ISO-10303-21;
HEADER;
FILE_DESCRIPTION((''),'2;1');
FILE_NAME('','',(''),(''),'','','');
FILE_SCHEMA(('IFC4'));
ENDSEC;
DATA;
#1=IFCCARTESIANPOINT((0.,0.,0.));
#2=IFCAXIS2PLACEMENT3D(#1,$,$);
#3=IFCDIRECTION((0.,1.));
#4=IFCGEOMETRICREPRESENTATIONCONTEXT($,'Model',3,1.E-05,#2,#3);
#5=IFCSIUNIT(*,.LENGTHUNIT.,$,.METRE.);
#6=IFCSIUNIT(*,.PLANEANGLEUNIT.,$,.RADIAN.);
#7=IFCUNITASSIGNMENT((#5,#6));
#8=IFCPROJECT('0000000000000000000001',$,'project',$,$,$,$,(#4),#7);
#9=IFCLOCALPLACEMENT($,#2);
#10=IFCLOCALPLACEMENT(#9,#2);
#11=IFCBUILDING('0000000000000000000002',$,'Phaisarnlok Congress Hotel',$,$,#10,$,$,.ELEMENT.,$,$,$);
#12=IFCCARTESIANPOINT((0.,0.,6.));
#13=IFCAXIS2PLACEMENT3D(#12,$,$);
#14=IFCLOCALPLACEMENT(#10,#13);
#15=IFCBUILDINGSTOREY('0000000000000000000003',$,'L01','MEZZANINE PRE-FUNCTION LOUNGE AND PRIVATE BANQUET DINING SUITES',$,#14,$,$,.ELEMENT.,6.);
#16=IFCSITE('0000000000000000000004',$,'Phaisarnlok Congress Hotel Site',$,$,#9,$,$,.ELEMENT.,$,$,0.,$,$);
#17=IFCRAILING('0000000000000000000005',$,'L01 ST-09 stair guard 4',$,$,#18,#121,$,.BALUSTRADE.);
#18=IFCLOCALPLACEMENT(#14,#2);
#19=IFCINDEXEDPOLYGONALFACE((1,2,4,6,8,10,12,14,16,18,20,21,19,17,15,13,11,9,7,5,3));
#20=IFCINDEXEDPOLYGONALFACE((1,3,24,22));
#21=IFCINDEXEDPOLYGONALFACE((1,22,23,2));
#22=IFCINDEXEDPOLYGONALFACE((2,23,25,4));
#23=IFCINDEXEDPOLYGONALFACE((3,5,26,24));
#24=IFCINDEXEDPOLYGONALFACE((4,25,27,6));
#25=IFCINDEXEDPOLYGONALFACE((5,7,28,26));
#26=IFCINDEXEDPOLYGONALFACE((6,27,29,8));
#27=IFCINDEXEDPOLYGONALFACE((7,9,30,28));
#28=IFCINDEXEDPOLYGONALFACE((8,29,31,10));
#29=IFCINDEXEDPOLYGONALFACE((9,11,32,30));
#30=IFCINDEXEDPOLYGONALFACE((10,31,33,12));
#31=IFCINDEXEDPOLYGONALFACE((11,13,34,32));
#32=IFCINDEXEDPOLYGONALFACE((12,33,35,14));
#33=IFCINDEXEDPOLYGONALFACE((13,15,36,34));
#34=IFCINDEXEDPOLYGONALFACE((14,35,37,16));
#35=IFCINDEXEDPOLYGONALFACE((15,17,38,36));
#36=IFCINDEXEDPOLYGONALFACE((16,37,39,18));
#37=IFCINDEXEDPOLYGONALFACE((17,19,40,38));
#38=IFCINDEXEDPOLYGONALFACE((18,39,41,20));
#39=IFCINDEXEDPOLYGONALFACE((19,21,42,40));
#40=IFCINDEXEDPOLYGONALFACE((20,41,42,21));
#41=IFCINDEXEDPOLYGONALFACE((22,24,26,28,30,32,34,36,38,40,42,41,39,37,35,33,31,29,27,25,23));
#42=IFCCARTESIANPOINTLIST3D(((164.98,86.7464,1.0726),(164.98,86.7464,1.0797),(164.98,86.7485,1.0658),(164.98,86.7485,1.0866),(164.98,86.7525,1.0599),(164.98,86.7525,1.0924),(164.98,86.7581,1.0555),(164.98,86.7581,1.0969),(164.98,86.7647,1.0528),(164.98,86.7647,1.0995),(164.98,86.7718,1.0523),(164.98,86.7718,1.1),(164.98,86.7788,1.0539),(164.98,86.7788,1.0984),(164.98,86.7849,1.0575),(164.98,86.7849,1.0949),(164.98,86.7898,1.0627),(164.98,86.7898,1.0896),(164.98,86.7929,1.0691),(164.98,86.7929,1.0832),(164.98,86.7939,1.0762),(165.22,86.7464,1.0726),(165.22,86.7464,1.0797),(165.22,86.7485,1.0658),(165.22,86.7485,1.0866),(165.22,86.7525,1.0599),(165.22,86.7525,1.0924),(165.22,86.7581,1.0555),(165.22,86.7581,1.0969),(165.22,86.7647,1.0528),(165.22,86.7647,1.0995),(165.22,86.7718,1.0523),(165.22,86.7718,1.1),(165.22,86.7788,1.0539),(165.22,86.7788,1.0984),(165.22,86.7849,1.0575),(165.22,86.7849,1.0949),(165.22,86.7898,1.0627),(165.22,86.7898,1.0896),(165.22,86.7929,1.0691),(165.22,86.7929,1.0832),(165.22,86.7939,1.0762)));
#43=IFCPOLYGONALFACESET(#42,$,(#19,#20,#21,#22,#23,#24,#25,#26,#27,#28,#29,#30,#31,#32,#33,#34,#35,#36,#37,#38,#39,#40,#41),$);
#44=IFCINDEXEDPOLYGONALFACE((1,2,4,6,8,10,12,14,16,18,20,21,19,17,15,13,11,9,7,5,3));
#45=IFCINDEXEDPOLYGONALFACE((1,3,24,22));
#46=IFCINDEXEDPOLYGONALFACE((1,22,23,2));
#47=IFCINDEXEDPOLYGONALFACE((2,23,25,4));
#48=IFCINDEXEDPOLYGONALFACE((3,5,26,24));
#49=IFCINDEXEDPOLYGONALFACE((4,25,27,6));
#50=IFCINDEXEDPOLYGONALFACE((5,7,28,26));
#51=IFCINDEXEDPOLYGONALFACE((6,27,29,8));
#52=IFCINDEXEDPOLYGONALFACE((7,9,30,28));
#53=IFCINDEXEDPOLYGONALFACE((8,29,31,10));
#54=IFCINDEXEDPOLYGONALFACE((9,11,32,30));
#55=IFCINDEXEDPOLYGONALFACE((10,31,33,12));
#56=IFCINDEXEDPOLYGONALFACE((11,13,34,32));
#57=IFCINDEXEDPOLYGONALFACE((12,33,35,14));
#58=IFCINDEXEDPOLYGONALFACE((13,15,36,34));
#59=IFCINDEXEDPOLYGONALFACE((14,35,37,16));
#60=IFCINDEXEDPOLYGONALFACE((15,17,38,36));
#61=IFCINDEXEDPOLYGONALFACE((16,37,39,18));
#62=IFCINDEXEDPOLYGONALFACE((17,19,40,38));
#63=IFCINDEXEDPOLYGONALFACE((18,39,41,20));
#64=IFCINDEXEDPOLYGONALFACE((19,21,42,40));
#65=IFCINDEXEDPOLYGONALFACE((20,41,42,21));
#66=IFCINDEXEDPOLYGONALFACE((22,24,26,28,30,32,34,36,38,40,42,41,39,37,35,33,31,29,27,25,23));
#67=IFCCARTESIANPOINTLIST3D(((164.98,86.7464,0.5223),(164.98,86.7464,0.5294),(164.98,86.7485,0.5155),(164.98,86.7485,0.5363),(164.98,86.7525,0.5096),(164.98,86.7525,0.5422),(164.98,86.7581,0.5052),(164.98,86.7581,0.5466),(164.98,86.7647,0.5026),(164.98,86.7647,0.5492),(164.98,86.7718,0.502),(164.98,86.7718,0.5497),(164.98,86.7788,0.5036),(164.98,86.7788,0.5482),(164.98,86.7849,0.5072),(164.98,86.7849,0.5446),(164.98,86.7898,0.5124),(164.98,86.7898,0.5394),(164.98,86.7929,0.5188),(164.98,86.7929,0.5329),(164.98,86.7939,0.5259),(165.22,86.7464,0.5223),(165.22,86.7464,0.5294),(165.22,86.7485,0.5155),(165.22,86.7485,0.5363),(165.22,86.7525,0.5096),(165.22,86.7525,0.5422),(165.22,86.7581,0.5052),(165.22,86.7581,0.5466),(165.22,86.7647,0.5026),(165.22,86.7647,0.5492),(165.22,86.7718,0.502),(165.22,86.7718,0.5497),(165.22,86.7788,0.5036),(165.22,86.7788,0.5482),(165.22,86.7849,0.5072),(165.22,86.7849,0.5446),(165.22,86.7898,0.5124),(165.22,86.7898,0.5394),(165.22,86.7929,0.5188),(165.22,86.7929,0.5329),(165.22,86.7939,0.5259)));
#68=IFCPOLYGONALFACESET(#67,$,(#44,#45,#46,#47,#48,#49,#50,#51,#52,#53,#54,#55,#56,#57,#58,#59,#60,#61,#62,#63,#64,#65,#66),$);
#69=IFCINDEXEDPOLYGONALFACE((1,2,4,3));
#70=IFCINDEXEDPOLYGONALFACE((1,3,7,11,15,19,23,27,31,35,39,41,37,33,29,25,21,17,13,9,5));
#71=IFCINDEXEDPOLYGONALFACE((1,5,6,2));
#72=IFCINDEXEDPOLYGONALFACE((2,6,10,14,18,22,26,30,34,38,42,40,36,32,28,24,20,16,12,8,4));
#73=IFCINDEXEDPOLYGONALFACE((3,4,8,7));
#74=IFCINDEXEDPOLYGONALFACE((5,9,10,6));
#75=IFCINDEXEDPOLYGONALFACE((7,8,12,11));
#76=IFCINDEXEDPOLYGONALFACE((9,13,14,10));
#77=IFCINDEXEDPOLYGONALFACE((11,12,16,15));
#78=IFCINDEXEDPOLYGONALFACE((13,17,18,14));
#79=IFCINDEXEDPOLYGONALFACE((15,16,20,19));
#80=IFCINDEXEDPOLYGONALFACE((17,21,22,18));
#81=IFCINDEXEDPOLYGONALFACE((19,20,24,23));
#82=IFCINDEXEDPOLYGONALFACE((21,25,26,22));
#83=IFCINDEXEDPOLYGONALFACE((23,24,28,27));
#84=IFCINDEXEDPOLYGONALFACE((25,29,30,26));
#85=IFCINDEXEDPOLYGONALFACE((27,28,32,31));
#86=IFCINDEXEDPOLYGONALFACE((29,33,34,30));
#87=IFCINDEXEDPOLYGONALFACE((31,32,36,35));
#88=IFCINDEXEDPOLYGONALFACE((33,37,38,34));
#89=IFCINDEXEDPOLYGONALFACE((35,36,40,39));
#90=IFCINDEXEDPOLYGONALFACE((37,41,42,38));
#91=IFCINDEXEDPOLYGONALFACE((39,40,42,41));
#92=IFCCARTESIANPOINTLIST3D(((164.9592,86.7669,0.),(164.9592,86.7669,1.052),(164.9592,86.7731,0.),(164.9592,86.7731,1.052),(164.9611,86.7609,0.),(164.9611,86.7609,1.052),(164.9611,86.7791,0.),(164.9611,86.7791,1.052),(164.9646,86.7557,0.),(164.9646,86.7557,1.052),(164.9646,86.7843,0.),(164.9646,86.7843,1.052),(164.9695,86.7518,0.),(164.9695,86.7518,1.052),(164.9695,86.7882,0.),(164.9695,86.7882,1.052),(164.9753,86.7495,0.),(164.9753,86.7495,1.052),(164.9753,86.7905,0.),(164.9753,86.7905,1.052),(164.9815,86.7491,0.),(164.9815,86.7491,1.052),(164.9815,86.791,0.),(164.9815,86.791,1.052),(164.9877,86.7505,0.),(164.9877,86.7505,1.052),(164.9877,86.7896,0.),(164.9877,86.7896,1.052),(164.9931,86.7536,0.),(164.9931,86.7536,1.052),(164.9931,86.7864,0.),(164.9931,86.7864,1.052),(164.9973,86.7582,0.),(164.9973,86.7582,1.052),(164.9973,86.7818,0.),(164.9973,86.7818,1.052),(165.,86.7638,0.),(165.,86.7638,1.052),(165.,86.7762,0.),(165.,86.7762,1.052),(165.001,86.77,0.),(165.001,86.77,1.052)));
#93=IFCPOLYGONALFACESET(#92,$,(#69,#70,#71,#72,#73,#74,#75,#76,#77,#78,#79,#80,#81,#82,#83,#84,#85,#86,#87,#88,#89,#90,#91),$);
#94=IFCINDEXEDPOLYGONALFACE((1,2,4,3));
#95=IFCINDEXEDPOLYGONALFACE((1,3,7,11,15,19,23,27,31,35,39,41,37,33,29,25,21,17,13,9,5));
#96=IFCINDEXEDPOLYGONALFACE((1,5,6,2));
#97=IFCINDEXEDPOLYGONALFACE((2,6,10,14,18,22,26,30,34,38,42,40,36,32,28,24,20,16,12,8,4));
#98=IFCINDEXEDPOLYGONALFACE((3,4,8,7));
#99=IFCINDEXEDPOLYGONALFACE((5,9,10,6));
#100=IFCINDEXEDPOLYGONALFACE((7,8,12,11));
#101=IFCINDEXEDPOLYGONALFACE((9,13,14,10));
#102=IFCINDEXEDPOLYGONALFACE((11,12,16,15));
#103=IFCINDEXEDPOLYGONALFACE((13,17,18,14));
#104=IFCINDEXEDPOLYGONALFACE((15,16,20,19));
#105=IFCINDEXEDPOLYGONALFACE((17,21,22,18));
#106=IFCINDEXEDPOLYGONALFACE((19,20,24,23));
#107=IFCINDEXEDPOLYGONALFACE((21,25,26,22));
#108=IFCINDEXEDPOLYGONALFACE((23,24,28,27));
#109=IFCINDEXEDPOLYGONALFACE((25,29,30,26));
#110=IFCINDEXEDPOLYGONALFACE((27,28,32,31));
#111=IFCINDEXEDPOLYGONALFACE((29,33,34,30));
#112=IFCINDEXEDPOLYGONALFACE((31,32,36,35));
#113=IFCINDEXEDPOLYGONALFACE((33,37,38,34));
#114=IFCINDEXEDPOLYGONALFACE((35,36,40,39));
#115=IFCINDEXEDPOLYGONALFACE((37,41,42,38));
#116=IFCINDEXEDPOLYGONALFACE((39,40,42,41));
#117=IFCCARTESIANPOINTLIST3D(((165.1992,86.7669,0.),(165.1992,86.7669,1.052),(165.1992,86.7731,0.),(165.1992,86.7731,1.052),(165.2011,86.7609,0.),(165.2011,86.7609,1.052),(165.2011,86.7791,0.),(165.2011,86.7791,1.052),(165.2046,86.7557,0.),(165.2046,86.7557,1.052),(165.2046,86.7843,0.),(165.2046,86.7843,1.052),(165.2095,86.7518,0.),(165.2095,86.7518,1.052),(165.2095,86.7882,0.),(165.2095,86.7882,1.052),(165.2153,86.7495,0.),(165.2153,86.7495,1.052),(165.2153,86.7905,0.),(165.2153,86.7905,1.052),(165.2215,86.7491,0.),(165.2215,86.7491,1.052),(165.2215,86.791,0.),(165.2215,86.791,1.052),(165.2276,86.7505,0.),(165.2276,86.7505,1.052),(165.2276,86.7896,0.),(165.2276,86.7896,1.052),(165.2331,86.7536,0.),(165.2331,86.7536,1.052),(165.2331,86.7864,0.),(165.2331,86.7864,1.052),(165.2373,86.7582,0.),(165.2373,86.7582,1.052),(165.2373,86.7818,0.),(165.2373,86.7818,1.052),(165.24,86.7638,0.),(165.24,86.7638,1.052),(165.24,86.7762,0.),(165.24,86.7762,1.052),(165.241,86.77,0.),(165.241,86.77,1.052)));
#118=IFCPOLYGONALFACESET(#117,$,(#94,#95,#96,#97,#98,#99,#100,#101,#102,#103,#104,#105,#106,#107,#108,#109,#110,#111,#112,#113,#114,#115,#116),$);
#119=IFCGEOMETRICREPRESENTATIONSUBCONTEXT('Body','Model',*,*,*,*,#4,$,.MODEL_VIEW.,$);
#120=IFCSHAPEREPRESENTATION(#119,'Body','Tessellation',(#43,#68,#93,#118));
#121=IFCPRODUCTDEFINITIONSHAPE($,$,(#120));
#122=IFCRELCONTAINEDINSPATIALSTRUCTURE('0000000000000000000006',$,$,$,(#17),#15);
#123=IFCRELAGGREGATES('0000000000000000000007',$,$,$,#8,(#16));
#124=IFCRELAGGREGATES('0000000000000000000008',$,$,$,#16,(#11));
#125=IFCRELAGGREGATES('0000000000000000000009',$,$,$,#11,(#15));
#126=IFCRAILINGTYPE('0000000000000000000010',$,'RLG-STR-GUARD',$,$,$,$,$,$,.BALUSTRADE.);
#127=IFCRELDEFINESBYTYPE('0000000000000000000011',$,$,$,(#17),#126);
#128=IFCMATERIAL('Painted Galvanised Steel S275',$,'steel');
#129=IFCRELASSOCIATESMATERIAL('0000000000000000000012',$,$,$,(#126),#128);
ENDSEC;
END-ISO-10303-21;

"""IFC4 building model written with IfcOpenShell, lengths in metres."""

from ifc_helpers import new_model, si_unit, direction, frame, origin, origin_2d, place, context, subcontext, project, spatial, circle, extrude, material, type_object, element, save


model = new_model("IFC4")

# Units and contexts
model_context = context("Model", 3, precision=1e-05, world=origin(), true_north=direction((0.0, 1.0)))
body_context = subcontext(model_context, "Body", "Model", "MODEL_VIEW")
ifc_project = project(units=[si_unit("LENGTHUNIT", "METRE"), si_unit("PLANEANGLEUNIT", "RADIAN")], contexts=[model_context])

# Site, building, storey
site_placement = place(None, origin())
site = spatial("IfcSite", under=ifc_project, at=site_placement, Name="Phaisarnlok Congress Hotel Site", CompositionType="ELEMENT", RefElevation=0.0)
building_placement = place(site_placement, origin())
building = spatial("IfcBuilding", under=site, at=building_placement, Name="Phaisarnlok Congress Hotel", CompositionType="ELEMENT")
storey_placement = place(building_placement, frame((0.0, 0.0, 6.0)))
storey = spatial("IfcBuildingStorey", under=building, at=storey_placement, Name="L01", Description="MEZZANINE PRE-FUNCTION LOUNGE AND PRIVATE BANQUET DINING SUITES", CompositionType="ELEMENT", Elevation=6.0)

# Railing
ifc_material_1 = material(Name="Painted Galvanised Steel S275", Category="steel")
railing_type_1 = type_object("IfcRailingType", Name="RLG-STR-GUARD", PredefinedType="BALUSTRADE", material=ifc_material_1)
railing_1_placement = place(storey_placement, frame((164.98, 86.77, 0.0)))
element("IfcRailing", 1, at=railing_1_placement, inside=storey, type_object=railing_type_1, Name="L01 ST-09 stair guard 4", PredefinedType="BALUSTRADE", context=body_context, shape_type="SweptSolid", body=[
    extrude(circle(Radius=0.0239, at=origin_2d()), frame((0.0, 0.0, 1.0762), z_axis=(1.0, 0.0, 0.0), x_axis=(0.0, 1.0, 0.0)), (0.0, 0.0, 1.0), 0.24),
    extrude(circle(Radius=0.0239, at=origin_2d()), frame((0.0, 0.0, 0.5259), z_axis=(1.0, 0.0, 0.0), x_axis=(0.0, 1.0, 0.0)), (0.0, 0.0, 1.0), 0.24),
    extrude(circle(Radius=0.021, at=origin_2d()), origin(), (0.0, 0.0, 1.0), 1.052),
    extrude(circle(Radius=0.021, at=origin_2d()), frame((0.24, 0.0, 0.0)), (0.0, 0.0, 1.0), 1.052),
])

save(model, "model.ifc")
